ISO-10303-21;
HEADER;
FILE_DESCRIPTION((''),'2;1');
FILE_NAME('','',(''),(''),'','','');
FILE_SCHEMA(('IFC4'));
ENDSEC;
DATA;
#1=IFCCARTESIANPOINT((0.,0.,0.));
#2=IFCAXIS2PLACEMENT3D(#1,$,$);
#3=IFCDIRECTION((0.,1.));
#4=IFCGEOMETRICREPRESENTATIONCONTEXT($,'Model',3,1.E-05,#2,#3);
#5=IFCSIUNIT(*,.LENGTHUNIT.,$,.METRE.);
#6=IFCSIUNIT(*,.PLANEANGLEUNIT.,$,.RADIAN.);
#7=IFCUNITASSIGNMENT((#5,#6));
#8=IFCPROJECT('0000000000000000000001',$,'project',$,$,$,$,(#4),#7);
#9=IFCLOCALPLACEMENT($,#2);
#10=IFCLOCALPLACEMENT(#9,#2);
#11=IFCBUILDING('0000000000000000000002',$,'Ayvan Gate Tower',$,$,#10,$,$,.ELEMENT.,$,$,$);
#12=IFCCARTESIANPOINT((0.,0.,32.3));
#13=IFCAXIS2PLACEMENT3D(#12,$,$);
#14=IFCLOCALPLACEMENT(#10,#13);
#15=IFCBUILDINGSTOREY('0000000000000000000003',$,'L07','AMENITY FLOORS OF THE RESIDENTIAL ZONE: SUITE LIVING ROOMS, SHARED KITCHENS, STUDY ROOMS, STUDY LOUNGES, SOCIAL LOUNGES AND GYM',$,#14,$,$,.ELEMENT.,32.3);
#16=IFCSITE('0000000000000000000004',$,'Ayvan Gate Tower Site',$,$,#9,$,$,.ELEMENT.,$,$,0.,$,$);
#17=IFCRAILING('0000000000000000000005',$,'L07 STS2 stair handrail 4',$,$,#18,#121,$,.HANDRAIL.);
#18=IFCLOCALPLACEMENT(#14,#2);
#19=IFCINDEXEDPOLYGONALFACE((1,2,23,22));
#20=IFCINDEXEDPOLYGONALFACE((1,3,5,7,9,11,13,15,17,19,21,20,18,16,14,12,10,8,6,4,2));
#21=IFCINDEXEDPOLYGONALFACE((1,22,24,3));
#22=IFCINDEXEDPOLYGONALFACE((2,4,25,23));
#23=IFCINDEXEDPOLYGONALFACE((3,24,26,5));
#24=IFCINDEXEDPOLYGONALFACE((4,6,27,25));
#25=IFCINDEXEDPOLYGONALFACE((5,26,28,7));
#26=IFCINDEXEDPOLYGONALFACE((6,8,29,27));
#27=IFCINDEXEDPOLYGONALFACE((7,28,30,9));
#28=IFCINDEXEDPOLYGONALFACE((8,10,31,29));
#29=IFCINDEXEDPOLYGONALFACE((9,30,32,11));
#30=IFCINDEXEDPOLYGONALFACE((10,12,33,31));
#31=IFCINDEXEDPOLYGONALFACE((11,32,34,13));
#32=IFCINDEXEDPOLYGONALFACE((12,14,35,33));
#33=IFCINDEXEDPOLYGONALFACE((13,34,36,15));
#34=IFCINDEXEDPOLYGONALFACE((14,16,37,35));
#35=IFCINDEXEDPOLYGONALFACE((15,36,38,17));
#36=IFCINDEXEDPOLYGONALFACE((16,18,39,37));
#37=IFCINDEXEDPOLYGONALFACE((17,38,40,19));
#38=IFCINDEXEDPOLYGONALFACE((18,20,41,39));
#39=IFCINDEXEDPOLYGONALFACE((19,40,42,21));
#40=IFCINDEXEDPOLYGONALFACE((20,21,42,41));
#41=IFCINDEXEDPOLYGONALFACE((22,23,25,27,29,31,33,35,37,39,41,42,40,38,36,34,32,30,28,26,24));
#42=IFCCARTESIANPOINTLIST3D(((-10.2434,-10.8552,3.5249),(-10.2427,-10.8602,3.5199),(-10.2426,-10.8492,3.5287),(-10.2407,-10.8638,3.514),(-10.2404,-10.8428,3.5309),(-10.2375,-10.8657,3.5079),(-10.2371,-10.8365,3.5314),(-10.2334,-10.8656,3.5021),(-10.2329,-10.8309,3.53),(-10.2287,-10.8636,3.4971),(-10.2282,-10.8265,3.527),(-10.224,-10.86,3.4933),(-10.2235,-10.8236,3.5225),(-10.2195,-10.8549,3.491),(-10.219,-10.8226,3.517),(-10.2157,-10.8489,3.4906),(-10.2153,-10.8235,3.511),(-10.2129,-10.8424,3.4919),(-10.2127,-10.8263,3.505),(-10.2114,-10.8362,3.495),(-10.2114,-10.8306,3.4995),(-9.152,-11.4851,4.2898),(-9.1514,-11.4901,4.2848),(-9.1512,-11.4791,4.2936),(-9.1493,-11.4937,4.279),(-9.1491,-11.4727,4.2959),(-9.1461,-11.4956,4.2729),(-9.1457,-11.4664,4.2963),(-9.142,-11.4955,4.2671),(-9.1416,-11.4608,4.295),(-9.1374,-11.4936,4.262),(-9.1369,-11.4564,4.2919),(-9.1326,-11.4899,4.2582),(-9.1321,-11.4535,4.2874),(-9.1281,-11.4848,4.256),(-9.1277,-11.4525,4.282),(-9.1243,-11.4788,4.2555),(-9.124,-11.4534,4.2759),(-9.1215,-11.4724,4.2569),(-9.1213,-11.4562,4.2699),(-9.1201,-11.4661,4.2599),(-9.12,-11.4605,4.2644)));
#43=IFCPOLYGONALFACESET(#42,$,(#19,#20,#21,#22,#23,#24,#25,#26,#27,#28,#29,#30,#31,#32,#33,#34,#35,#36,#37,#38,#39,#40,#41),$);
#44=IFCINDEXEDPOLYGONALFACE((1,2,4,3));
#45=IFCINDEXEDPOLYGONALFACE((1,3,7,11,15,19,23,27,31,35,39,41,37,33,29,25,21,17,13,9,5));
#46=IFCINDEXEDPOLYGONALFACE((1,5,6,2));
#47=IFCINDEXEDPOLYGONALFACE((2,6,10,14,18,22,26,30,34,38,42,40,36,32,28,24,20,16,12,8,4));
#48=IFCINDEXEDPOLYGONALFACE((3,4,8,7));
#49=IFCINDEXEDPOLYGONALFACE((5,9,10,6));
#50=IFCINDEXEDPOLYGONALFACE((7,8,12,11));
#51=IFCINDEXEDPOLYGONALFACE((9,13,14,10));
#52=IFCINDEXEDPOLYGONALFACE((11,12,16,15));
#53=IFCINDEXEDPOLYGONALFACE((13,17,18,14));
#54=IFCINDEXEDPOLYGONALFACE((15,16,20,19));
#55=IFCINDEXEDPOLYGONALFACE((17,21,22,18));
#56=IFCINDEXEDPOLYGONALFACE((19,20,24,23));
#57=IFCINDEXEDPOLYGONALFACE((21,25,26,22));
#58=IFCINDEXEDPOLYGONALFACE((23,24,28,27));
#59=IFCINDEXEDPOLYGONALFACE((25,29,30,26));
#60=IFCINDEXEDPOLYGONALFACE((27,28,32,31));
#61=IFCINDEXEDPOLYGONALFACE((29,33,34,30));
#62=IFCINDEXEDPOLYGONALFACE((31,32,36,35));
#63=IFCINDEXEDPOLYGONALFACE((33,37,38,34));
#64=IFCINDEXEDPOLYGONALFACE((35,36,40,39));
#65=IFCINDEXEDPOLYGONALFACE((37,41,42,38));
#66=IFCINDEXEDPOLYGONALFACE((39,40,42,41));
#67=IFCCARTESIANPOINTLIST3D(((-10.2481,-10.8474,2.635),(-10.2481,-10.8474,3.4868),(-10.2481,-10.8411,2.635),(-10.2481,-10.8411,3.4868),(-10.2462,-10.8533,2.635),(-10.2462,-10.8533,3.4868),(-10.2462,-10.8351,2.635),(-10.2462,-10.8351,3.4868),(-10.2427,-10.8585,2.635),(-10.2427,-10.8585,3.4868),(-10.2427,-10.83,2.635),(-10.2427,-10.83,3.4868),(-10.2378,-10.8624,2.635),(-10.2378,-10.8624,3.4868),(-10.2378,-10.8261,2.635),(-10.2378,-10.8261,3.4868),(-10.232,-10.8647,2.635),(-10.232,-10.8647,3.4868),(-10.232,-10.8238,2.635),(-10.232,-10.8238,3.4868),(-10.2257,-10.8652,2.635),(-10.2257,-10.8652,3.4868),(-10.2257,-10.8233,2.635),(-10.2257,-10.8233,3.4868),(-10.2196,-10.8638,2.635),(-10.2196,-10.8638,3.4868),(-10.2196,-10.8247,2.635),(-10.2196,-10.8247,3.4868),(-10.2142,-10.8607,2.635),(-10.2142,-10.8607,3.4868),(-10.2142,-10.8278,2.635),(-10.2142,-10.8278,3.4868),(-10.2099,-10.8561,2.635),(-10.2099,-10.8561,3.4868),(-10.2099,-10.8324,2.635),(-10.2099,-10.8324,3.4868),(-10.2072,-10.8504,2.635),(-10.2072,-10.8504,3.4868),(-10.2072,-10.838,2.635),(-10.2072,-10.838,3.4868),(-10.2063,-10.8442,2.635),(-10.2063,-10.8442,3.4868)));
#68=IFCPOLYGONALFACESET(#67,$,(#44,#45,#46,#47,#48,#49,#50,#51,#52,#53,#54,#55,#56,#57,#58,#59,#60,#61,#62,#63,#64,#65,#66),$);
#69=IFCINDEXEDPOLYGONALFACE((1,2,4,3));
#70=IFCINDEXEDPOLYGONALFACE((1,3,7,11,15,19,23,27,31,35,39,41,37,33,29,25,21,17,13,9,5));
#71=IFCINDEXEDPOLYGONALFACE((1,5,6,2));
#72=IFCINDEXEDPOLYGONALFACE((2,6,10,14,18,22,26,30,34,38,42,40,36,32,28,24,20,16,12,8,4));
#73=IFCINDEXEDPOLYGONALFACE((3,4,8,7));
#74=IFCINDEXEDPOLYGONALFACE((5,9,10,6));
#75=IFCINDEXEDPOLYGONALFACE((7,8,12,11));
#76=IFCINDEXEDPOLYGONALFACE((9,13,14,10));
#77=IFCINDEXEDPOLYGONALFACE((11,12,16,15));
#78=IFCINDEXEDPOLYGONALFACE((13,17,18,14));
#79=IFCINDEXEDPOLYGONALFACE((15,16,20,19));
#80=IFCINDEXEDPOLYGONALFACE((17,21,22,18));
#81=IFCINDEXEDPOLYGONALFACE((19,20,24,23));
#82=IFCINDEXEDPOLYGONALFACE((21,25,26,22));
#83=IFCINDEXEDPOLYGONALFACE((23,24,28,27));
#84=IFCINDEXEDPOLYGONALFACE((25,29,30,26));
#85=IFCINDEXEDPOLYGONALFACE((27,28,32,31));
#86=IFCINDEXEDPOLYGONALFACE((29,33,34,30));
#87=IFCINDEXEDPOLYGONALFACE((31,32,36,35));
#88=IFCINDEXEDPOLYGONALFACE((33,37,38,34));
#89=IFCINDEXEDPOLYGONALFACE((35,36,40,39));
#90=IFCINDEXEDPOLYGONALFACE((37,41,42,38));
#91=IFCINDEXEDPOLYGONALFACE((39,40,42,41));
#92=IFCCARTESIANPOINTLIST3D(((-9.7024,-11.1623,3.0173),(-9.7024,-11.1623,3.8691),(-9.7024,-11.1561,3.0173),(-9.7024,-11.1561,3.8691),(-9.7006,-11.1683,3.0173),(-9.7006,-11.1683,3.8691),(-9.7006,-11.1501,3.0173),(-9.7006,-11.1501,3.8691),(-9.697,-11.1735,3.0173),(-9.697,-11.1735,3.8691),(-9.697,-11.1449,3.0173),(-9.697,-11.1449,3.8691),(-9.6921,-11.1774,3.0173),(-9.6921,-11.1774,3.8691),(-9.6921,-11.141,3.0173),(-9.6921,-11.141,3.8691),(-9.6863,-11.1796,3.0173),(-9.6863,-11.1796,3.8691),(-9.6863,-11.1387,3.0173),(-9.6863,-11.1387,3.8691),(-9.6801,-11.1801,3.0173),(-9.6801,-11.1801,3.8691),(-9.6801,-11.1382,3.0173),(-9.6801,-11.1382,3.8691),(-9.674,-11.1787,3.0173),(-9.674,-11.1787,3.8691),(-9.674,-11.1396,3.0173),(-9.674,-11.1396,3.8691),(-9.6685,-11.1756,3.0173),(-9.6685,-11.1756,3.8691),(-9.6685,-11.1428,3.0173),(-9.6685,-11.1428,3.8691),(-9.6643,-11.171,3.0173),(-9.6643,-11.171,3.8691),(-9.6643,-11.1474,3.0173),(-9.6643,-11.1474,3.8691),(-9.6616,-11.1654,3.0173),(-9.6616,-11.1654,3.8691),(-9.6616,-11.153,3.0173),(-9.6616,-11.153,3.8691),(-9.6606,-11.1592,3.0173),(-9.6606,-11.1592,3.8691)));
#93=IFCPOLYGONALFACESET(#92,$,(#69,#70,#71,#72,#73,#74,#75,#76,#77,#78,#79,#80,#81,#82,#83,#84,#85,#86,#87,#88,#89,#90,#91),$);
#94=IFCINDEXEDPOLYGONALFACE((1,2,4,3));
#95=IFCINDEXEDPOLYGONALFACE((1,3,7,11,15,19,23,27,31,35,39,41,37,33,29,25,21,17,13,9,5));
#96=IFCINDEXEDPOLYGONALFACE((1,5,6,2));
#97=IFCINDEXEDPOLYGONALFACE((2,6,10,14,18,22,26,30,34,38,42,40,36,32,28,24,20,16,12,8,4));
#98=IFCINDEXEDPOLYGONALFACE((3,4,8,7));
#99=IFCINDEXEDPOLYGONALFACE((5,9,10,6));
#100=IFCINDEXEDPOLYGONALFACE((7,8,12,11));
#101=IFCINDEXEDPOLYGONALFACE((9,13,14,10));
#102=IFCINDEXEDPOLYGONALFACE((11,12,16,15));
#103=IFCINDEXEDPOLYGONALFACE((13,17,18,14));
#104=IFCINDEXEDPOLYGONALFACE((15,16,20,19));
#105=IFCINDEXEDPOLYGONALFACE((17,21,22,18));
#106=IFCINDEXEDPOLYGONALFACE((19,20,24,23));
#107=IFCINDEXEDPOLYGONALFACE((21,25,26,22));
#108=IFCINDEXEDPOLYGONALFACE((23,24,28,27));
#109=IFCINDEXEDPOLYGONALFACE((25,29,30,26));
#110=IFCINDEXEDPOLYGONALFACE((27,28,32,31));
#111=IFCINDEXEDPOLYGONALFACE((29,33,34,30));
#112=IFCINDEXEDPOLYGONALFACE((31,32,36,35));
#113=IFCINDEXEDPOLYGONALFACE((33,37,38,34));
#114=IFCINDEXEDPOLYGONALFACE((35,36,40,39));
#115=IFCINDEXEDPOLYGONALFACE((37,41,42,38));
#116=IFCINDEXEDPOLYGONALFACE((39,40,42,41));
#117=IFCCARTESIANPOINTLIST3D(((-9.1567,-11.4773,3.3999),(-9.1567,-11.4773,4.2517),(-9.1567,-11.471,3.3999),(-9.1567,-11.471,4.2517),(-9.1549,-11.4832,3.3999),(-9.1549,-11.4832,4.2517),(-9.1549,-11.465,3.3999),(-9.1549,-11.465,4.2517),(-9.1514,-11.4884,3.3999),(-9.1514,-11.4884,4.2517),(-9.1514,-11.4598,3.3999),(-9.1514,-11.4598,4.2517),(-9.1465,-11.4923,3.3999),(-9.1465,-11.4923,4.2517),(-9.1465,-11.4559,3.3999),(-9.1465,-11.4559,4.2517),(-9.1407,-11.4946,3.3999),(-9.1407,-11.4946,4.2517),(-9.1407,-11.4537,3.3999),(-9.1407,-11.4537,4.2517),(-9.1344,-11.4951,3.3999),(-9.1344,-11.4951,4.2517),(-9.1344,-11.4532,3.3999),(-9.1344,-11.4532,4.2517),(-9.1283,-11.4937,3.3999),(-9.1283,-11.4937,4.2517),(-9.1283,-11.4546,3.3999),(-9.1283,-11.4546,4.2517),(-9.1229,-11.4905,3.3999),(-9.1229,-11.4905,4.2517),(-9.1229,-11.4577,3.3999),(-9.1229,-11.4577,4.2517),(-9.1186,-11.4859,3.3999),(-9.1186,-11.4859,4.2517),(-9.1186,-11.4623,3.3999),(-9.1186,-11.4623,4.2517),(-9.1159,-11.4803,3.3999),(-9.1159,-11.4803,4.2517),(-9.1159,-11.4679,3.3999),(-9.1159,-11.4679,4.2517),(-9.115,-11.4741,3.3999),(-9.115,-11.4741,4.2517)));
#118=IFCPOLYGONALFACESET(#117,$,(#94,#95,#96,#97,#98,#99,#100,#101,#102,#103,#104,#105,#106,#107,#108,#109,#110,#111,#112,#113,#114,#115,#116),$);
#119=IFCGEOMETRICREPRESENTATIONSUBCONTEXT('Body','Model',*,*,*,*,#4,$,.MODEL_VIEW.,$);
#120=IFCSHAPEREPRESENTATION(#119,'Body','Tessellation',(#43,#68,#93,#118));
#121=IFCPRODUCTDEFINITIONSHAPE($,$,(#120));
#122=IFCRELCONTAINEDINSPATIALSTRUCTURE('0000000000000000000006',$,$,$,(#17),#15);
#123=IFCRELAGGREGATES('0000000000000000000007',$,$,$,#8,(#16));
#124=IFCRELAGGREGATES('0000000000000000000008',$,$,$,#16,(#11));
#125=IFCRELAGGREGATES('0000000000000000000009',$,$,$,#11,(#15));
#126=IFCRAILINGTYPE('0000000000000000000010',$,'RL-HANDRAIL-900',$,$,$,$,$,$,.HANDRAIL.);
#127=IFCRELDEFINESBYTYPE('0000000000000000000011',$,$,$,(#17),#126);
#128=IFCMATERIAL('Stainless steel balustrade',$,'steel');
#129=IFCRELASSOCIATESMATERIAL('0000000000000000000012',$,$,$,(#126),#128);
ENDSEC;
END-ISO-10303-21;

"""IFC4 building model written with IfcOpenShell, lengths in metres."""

from ifc_helpers import new_model, si_unit, direction, frame, origin, origin_2d, place, context, subcontext, project, spatial, circle, extrude, material, type_object, element, save


model = new_model("IFC4")

# Units and contexts
model_context = context("Model", 3, precision=1e-05, world=origin(), true_north=direction((0.0, 1.0)))
body_context = subcontext(model_context, "Body", "Model", "MODEL_VIEW")
ifc_project = project(units=[si_unit("LENGTHUNIT", "METRE"), si_unit("PLANEANGLEUNIT", "RADIAN")], contexts=[model_context])

# Site, building, storey
site_placement = place(None, origin())
site = spatial("IfcSite", under=ifc_project, at=site_placement, Name="Ayvan Gate Tower Site", CompositionType="ELEMENT", RefElevation=0.0)
building_placement = place(site_placement, origin())
building = spatial("IfcBuilding", under=site, at=building_placement, Name="Ayvan Gate Tower", CompositionType="ELEMENT")
storey_placement = place(building_placement, frame((0.0, 0.0, 32.3)))
storey = spatial("IfcBuildingStorey", under=building, at=storey_placement, Name="L07", Description="AMENITY FLOORS OF THE RESIDENTIAL ZONE: SUITE LIVING ROOMS, SHARED KITCHENS, STUDY ROOMS, STUDY LOUNGES, SOCIAL LOUNGES AND GYM", CompositionType="ELEMENT", Elevation=32.3)

# Railing
ifc_material_1 = material(Name="Stainless steel balustrade", Category="steel")
railing_type_1 = type_object("IfcRailingType", Name="RL-HANDRAIL-900", PredefinedType="HANDRAIL", material=ifc_material_1)
railing_1_placement = place(storey_placement, frame((-10.2273, -10.8442, 2.635)))
element("IfcRailing", 1, at=railing_1_placement, inside=storey, type_object=railing_type_1, Name="L07 STS2 stair handrail 4", PredefinedType="HANDRAIL", context=body_context, shape_type="SweptSolid", body=[
    extrude(circle(Radius=0.0239, at=origin_2d()), frame((0.0, 0.0, 0.876), z_axis=(0.740357, -0.42732, 0.518912), x_axis=(0.49989, 0.866089, 0.0)), (0.0, 0.0, 1.0), 1.4741),
    extrude(circle(Radius=0.021, at=origin_2d()), origin(), (0.0, 0.0, 1.0), 0.8518),
    extrude(circle(Radius=0.021, at=origin_2d()), frame((0.5457, -0.3149, 0.3823)), (0.0, 0.0, 1.0), 0.8518),
    extrude(circle(Radius=0.021, at=origin_2d()), frame((1.0913, -0.6299, 0.7649)), (0.0, 0.0, 1.0), 0.8518),
])

save(model, "model.ifc")
